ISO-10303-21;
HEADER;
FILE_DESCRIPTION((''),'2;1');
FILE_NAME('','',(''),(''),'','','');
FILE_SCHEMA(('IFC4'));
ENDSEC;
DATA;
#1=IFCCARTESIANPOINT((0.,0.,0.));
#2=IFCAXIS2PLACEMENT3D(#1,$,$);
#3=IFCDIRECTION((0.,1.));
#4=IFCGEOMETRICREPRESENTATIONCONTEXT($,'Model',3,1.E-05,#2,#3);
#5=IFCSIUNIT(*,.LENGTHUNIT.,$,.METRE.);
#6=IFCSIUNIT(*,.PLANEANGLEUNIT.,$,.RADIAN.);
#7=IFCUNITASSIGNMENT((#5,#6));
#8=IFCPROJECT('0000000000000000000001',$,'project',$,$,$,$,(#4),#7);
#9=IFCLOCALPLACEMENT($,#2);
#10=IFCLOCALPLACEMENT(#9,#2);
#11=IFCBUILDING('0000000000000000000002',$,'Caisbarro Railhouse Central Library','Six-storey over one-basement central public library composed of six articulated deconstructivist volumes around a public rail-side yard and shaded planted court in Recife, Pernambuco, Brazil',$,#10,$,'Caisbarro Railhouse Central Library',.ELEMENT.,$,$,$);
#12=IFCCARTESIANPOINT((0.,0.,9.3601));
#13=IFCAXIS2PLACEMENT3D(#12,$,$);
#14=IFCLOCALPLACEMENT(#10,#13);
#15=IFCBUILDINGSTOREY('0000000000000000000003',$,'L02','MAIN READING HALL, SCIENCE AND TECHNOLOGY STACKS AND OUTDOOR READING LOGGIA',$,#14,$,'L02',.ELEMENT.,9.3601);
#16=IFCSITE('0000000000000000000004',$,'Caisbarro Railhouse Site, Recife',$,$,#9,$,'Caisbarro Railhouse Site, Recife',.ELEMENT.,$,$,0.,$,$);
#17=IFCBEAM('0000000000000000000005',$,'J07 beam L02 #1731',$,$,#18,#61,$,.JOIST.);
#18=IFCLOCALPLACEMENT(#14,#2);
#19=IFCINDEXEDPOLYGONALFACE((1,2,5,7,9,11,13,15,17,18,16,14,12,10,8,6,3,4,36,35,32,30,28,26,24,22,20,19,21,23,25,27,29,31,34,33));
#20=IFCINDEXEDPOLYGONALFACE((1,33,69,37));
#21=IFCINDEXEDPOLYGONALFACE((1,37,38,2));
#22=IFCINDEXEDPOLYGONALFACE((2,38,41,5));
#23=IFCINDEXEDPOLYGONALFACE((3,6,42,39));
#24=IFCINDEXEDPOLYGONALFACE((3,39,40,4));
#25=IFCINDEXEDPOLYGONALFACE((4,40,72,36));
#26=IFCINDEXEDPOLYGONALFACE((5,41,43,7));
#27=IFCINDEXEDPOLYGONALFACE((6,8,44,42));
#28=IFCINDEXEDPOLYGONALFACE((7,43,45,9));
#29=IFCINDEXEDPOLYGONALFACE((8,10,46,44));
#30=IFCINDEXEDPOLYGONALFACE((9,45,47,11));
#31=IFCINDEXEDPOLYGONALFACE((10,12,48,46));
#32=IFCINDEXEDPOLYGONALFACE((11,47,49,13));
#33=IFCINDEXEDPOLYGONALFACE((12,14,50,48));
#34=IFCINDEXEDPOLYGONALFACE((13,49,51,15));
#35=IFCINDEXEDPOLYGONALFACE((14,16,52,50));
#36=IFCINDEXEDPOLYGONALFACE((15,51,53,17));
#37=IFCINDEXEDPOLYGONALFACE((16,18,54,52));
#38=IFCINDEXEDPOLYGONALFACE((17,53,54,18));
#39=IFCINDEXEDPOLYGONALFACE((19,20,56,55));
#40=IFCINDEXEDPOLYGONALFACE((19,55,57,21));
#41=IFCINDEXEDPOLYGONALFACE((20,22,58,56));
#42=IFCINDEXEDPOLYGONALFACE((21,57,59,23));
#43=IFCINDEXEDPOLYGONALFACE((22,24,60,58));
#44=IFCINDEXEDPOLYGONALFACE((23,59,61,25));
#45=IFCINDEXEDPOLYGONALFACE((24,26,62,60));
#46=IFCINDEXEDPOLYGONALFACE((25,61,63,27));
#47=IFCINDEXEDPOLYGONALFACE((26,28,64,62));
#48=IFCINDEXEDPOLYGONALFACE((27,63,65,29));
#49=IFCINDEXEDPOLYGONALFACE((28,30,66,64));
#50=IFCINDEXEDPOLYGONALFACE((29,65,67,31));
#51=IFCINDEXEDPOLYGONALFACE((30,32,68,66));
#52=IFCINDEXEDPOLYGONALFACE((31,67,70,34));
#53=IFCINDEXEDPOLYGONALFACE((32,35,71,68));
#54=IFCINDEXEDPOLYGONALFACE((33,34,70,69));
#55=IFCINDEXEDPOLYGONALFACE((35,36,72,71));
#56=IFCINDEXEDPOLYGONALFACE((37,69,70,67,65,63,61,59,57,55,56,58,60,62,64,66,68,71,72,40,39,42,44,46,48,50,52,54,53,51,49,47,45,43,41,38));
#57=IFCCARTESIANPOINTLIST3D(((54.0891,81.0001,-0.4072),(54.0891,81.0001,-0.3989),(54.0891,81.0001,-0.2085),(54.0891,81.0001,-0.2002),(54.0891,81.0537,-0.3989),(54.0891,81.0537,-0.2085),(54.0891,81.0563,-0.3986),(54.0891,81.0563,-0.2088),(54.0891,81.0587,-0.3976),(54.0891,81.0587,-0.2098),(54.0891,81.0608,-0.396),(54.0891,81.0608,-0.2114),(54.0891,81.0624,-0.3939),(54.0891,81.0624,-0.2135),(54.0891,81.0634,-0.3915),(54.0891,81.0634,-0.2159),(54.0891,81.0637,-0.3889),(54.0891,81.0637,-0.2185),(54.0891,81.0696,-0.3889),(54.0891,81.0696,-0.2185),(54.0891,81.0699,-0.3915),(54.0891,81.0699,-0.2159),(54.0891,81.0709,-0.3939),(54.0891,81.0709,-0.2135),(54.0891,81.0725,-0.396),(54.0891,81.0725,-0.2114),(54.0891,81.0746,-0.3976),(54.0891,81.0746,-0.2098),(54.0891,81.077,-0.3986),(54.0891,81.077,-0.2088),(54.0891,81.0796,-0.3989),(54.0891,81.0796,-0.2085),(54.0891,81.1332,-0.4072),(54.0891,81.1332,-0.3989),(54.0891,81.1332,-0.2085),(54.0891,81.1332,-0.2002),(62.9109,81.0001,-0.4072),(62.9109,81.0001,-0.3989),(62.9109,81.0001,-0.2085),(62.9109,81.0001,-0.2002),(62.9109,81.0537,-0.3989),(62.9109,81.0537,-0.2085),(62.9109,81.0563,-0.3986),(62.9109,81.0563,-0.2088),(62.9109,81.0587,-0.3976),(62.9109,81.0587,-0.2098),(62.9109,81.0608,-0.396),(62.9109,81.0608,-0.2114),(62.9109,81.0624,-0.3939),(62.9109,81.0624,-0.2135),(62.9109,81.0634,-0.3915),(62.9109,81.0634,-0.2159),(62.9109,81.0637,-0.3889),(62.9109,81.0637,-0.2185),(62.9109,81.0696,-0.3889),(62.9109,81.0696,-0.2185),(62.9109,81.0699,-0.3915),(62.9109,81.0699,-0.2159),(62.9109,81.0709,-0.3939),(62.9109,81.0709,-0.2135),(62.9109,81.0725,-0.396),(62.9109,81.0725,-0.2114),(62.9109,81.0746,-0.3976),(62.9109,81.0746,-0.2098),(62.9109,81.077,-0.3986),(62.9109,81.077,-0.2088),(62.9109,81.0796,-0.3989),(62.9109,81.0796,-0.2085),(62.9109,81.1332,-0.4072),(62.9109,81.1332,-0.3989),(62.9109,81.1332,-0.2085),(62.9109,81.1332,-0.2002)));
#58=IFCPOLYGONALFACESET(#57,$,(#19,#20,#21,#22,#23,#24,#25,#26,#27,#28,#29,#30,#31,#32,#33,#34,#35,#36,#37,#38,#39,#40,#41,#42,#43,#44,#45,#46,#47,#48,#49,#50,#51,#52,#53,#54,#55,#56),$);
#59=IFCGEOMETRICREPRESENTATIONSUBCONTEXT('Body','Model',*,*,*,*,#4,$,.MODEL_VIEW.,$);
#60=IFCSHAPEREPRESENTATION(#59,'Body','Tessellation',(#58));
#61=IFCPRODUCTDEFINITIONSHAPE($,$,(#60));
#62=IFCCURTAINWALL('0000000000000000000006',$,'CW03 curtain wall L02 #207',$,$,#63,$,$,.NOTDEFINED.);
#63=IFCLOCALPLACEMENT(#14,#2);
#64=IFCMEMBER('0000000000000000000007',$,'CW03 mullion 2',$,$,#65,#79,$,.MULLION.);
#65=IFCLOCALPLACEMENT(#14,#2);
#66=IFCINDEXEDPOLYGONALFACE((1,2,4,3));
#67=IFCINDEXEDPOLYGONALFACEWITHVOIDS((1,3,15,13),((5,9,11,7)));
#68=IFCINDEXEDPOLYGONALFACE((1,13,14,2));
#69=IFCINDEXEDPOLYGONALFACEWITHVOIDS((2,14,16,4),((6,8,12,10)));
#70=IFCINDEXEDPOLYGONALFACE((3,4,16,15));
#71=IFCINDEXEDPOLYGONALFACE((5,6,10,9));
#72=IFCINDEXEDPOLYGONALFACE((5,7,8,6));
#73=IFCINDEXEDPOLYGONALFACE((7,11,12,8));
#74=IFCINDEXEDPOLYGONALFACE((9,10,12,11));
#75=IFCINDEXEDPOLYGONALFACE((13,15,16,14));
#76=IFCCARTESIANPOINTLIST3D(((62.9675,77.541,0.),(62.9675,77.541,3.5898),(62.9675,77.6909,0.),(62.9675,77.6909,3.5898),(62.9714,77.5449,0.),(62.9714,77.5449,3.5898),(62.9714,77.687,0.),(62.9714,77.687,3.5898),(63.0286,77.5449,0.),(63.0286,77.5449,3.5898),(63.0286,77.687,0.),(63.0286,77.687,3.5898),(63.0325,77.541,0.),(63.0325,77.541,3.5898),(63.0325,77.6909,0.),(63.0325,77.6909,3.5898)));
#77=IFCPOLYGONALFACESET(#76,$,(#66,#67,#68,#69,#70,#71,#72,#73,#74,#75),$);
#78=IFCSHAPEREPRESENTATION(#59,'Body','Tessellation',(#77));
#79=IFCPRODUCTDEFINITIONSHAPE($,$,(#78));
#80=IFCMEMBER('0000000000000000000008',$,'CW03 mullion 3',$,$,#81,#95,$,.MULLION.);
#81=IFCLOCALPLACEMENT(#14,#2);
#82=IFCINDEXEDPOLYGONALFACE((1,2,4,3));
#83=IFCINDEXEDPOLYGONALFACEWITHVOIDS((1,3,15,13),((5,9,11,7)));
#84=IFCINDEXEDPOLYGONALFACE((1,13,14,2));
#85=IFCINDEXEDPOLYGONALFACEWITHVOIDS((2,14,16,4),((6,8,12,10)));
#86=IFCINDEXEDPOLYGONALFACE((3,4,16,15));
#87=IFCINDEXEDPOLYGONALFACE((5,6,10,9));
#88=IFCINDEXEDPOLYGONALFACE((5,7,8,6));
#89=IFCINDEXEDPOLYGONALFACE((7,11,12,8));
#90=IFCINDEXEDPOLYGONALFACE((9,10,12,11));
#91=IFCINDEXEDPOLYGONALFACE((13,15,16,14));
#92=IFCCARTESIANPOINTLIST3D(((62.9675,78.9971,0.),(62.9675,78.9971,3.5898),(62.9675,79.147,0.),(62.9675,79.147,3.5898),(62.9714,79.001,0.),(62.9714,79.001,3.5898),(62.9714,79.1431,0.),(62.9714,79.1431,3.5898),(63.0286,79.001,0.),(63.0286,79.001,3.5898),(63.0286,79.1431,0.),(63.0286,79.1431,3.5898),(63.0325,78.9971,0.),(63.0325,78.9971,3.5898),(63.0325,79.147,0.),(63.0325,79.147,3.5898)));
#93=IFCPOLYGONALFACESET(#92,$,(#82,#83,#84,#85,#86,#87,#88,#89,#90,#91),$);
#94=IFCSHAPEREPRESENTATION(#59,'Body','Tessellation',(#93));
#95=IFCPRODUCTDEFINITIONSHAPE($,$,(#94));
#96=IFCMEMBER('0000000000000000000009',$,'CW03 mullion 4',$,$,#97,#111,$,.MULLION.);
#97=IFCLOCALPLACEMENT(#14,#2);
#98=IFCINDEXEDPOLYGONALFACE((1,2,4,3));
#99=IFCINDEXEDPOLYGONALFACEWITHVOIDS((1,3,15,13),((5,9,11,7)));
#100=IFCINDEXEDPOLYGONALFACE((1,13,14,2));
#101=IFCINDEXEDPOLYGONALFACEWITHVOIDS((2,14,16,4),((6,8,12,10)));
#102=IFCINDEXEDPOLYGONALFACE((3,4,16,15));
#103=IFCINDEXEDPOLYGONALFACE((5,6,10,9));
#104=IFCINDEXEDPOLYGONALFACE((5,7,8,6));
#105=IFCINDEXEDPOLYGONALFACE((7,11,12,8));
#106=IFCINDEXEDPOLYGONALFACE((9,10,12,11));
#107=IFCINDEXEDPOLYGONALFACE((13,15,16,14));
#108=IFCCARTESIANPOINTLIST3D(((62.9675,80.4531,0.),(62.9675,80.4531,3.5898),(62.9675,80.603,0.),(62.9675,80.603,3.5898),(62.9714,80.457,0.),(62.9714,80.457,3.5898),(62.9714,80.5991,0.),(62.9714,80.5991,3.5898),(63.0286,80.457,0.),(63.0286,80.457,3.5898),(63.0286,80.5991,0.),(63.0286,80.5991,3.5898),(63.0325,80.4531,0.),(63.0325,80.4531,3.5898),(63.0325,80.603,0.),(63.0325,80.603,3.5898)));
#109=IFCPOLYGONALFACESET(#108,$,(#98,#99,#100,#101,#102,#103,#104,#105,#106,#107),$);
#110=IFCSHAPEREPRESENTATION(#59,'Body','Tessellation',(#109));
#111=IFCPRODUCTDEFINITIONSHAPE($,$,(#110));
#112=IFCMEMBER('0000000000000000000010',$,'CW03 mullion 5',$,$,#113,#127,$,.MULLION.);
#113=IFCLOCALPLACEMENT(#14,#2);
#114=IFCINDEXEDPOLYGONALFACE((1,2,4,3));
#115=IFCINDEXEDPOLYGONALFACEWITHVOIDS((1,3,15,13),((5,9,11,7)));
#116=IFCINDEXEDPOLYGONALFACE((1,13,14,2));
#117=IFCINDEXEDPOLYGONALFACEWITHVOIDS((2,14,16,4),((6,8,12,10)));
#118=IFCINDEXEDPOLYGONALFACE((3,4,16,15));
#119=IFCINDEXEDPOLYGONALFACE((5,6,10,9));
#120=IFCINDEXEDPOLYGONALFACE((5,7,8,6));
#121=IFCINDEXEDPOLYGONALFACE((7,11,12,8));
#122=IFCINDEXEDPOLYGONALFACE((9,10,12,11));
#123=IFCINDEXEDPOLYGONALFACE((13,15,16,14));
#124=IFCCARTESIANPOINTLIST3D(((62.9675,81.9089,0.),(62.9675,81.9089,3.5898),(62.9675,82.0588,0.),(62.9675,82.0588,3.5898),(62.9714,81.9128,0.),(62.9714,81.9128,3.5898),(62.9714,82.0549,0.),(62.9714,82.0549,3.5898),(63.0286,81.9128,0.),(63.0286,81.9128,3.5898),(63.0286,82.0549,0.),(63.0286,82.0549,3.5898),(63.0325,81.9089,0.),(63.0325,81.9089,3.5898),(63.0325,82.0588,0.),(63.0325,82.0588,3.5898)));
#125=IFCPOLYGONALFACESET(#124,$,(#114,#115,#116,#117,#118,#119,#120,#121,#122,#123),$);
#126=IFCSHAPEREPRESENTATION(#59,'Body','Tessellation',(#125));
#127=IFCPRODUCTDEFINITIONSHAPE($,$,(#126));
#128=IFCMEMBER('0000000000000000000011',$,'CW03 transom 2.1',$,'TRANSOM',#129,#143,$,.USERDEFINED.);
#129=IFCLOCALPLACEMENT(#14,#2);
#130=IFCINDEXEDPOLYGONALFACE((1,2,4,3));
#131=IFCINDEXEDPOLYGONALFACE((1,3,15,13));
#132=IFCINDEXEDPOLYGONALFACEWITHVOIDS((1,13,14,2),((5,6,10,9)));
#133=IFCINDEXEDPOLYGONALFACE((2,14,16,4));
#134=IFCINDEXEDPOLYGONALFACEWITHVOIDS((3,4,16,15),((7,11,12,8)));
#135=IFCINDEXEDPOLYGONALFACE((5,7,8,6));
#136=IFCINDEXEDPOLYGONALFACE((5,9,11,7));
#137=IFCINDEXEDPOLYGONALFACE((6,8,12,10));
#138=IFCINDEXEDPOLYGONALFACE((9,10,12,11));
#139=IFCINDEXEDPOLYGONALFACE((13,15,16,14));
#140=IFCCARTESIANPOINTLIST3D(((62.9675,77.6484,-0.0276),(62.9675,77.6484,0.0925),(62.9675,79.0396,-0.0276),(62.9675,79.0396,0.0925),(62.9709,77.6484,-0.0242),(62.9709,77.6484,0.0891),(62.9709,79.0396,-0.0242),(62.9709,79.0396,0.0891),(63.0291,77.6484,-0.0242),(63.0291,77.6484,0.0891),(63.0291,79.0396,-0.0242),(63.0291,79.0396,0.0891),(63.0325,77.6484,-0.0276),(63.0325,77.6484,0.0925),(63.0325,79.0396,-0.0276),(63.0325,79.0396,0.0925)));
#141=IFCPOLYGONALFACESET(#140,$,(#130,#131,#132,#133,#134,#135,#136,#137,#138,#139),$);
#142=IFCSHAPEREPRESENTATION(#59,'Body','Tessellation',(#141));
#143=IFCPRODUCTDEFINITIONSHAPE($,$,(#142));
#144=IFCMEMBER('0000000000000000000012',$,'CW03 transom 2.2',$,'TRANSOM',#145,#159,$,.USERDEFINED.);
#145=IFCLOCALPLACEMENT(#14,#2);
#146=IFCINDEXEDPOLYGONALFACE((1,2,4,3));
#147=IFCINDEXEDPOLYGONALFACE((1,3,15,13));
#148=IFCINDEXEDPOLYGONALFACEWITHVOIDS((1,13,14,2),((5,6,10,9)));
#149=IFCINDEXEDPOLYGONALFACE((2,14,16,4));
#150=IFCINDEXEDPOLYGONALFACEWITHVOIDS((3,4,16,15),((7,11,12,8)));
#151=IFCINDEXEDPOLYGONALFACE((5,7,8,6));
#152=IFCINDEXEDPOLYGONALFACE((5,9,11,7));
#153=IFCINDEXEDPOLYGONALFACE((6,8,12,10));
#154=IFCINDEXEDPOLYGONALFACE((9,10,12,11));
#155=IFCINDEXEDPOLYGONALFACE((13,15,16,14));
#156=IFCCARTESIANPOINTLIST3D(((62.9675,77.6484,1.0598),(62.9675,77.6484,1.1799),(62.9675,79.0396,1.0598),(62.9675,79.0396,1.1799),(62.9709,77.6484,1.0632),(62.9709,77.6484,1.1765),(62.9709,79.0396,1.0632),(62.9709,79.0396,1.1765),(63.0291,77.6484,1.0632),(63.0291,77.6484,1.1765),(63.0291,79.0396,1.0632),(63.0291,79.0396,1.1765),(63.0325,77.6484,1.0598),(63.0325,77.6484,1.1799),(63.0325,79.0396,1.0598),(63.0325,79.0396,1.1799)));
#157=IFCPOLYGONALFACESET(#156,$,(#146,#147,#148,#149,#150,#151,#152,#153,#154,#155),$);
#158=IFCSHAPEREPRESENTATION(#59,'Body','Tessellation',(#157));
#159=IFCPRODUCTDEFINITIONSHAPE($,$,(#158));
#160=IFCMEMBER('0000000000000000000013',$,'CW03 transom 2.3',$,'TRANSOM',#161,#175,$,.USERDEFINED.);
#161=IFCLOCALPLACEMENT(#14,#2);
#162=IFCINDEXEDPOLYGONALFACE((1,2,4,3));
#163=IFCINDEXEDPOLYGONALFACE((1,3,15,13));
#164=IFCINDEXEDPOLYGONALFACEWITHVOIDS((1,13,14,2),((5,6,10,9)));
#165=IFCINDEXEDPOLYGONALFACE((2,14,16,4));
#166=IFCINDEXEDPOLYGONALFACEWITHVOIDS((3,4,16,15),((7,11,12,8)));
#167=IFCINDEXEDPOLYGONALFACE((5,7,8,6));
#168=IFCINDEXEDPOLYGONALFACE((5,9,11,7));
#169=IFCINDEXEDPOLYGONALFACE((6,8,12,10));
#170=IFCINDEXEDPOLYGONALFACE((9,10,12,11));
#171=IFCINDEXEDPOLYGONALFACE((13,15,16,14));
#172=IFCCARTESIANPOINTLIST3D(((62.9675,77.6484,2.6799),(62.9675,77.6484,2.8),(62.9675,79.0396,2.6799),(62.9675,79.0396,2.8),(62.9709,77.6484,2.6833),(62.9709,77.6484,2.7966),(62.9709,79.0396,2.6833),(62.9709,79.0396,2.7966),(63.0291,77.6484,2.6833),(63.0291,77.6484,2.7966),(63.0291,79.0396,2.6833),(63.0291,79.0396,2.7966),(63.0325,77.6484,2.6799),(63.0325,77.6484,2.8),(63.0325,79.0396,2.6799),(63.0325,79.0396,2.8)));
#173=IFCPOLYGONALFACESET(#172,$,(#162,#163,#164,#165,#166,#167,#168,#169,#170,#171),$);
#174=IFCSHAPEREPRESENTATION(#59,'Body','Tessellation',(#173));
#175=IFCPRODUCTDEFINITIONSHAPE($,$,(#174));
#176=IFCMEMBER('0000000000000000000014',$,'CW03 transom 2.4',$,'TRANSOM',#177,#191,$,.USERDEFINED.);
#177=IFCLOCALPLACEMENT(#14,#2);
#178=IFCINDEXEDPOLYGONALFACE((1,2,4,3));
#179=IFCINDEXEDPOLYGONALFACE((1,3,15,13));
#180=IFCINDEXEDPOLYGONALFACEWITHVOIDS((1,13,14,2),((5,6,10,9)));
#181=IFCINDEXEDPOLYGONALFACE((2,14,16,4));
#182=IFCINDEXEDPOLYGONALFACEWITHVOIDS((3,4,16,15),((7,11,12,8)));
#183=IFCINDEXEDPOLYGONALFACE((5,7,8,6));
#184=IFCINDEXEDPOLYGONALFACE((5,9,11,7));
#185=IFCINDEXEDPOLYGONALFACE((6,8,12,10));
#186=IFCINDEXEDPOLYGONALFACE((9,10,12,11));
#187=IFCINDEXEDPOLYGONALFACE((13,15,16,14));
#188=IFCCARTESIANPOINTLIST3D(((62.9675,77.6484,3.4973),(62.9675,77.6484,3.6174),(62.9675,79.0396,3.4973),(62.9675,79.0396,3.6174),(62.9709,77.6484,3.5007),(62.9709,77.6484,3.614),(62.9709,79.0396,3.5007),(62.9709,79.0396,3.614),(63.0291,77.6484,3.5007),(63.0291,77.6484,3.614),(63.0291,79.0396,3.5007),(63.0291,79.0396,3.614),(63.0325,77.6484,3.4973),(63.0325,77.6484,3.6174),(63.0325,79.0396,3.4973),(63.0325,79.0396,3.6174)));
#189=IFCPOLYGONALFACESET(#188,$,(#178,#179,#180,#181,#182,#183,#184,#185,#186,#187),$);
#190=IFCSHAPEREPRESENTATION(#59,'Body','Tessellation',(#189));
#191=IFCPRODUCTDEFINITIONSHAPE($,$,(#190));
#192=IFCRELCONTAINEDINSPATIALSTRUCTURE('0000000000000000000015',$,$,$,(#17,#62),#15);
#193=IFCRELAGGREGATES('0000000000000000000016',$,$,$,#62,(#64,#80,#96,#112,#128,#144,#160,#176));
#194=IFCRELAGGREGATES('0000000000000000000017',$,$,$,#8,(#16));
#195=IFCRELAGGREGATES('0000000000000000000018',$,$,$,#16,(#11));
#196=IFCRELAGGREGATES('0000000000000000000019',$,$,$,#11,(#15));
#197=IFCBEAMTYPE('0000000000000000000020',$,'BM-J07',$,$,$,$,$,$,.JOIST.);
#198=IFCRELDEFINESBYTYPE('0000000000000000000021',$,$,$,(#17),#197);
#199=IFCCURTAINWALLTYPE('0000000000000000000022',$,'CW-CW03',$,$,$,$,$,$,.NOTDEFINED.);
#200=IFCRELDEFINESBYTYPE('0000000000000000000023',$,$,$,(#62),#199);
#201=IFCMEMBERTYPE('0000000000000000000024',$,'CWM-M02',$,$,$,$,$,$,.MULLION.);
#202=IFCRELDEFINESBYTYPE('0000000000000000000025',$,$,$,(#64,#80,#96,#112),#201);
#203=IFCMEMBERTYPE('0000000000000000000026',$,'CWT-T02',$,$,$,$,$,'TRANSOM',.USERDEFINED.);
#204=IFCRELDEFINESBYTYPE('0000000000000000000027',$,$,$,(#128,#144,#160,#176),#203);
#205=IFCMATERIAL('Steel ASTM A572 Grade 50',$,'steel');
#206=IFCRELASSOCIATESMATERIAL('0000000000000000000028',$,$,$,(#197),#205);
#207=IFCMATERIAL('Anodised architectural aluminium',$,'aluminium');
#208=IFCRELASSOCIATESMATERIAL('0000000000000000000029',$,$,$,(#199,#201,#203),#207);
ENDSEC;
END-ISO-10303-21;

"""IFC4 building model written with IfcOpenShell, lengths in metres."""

from ifc_helpers import new_model, si_unit, direction, frame, origin, origin_2d, place, context, subcontext, project, spatial, hollow_rectangle, i_section, extrude, material, material_profile, profile_set, type_object, element, aggregate, save


model = new_model("IFC4")

# Units and contexts
model_context = context("Model", 3, precision=1e-05, world=origin(), true_north=direction((0.0, 1.0)))
body_context = subcontext(model_context, "Body", "Model", "MODEL_VIEW")
ifc_project = project(units=[si_unit("LENGTHUNIT", "METRE"), si_unit("PLANEANGLEUNIT", "RADIAN")], contexts=[model_context])

# Site, building, storey
site_placement = place(None, origin())
site = spatial("IfcSite", under=ifc_project, at=site_placement, Name="Caisbarro Railhouse Site, Recife", LongName="Caisbarro Railhouse Site, Recife", CompositionType="ELEMENT", RefElevation=0.0)
building_placement = place(site_placement, origin())
building = spatial("IfcBuilding", under=site, at=building_placement, Name="Caisbarro Railhouse Central Library", Description="Six-storey over one-basement central public library composed of six articulated deconstructivist volumes around a public rail-side yard and shaded planted court in Recife, Pernambuco, Brazil", LongName="Caisbarro Railhouse Central Library", CompositionType="ELEMENT")
storey_placement = place(building_placement, frame((0.0, 0.0, 9.3601)))
storey = spatial("IfcBuildingStorey", under=building, at=storey_placement, Name="L02", Description="MAIN READING HALL, SCIENCE AND TECHNOLOGY STACKS AND OUTDOOR READING LOGGIA", LongName="L02", CompositionType="ELEMENT", Elevation=9.3601)

# Beam
ifc_material_1 = material(Name="Steel ASTM A572 Grade 50", Category="steel")
ifc_material_profile_1 = material_profile(ifc_material_1, i_section(OverallWidth=0.1331, OverallDepth=0.207, WebThickness=0.0059, FlangeThickness=0.0083, FilletRadius=0.01, at=origin_2d()), Name="W200X26.6")
ifc_profile_set_1 = profile_set([ifc_material_profile_1], Name="Steel ASTM A572 Grade 50")
beam_type = type_object("IfcBeamType", Name="BM-J07", PredefinedType="JOIST", material=ifc_profile_set_1)
beam_placement = place(storey_placement, frame((54.0891, 81.0667, -0.3037), z_axis=(1.0, 0.0, 0.0), x_axis=(0.0, 1.0, 0.0)))
element("IfcBeam", 1, at=beam_placement, inside=storey, type_object=beam_type, Name="J07 beam L02 #1731", PredefinedType="JOIST", context=body_context, shape_type="SweptSolid", body=[
    extrude(i_section(OverallWidth=0.1331, OverallDepth=0.207, WebThickness=0.0059, FlangeThickness=0.0083, FilletRadius=0.01, at=origin_2d()), origin(), (0.0, 0.0, 1.0), 8.8218),
])

# Curtain wall, members
ifc_material_2 = material(Name="Anodised architectural aluminium", Category="aluminium")
curtain_wall_type = type_object("IfcCurtainWallType", Name="CW-CW03", PredefinedType="NOTDEFINED", material=ifc_material_2)
curtain_wall_placement = place(storey_placement, origin())
curtain_wall = element("IfcCurtainWall", 2, at=curtain_wall_placement, inside=storey, type_object=curtain_wall_type, Name="CW03 curtain wall L02 #207", PredefinedType="NOTDEFINED")
ifc_material_profile_2 = material_profile(ifc_material_2, hollow_rectangle(XDim=0.0649, YDim=0.1499, WallThickness=0.0039, at=origin_2d()), Name="ALU-MUL-65X150")
ifc_profile_set_2 = profile_set([ifc_material_profile_2], Name="Anodised architectural aluminium")
member_type_1 = type_object("IfcMemberType", Name="CWM-M02", PredefinedType="MULLION", material=ifc_profile_set_2)
member_1_placement = place(storey_placement, frame((63.0, 77.616, 0.0), z_axis=(0.0, 0.0, 1.0), x_axis=(-1.0, 0.0, 0.0)))
member_1 = element("IfcMember", 3, at=member_1_placement, type_object=member_type_1, Name="CW03 mullion 2", PredefinedType="MULLION", context=body_context, shape_type="SweptSolid", body=[
    extrude(hollow_rectangle(XDim=0.0649, YDim=0.1499, WallThickness=0.0039, at=origin_2d()), origin(), (0.0, 0.0, 1.0), 3.5898),
])
member_2_placement = place(storey_placement, frame((63.0, 79.072, 0.0), z_axis=(0.0, 0.0, 1.0), x_axis=(-1.0, 0.0, 0.0)))
member_2 = element("IfcMember", 4, at=member_2_placement, type_object=member_type_1, Name="CW03 mullion 3", PredefinedType="MULLION", context=body_context, shape_type="SweptSolid", body=[
    extrude(hollow_rectangle(XDim=0.0649, YDim=0.1499, WallThickness=0.0039, at=origin_2d()), origin(), (0.0, 0.0, 1.0), 3.5898),
])
member_3_placement = place(storey_placement, frame((63.0, 80.5281, 0.0), z_axis=(0.0, 0.0, 1.0), x_axis=(-1.0, 0.0, 0.0)))
member_3 = element("IfcMember", 5, at=member_3_placement, type_object=member_type_1, Name="CW03 mullion 4", PredefinedType="MULLION", context=body_context, shape_type="SweptSolid", body=[
    extrude(hollow_rectangle(XDim=0.0649, YDim=0.1499, WallThickness=0.0039, at=origin_2d()), origin(), (0.0, 0.0, 1.0), 3.5898),
])
member_4_placement = place(storey_placement, frame((63.0, 81.9839, 0.0), z_axis=(0.0, 0.0, 1.0), x_axis=(-1.0, 0.0, 0.0)))
member_4 = element("IfcMember", 6, at=member_4_placement, type_object=member_type_1, Name="CW03 mullion 5", PredefinedType="MULLION", context=body_context, shape_type="SweptSolid", body=[
    extrude(hollow_rectangle(XDim=0.0649, YDim=0.1499, WallThickness=0.0039, at=origin_2d()), origin(), (0.0, 0.0, 1.0), 3.5898),
])
ifc_material_profile_3 = material_profile(ifc_material_2, hollow_rectangle(XDim=0.0649, YDim=0.1201, WallThickness=0.0034, at=origin_2d()), Name="ALU-TRN-65X120")
ifc_profile_set_3 = profile_set([ifc_material_profile_3], Name="Anodised architectural aluminium")
member_type_2 = type_object("IfcMemberType", Name="CWT-T02", ElementType="TRANSOM", PredefinedType="USERDEFINED", material=ifc_profile_set_3)
member_5_placement = place(storey_placement, frame((63.0, 77.6484, 0.0325), z_axis=(0.0, 1.0, 0.0), x_axis=(-1.0, 0.0, 0.0)))
member_5 = element("IfcMember", 7, at=member_5_placement, type_object=member_type_2, Name="CW03 transom 2.1", ObjectType="TRANSOM", PredefinedType="USERDEFINED", context=body_context, shape_type="SweptSolid", body=[
    extrude(hollow_rectangle(XDim=0.0649, YDim=0.1201, WallThickness=0.0034, at=origin_2d()), origin(), (0.0, 0.0, 1.0), 1.3911),
])
member_6_placement = place(storey_placement, frame((63.0, 77.6484, 1.1199), z_axis=(0.0, 1.0, 0.0), x_axis=(-1.0, 0.0, 0.0)))
member_6 = element("IfcMember", 8, at=member_6_placement, type_object=member_type_2, Name="CW03 transom 2.2", ObjectType="TRANSOM", PredefinedType="USERDEFINED", context=body_context, shape_type="SweptSolid", body=[
    extrude(hollow_rectangle(XDim=0.0649, YDim=0.1201, WallThickness=0.0034, at=origin_2d()), origin(), (0.0, 0.0, 1.0), 1.3911),
])
member_7_placement = place(storey_placement, frame((63.0, 77.6484, 2.74), z_axis=(0.0, 1.0, 0.0), x_axis=(-1.0, 0.0, 0.0)))
member_7 = element("IfcMember", 9, at=member_7_placement, type_object=member_type_2, Name="CW03 transom 2.3", ObjectType="TRANSOM", PredefinedType="USERDEFINED", context=body_context, shape_type="SweptSolid", body=[
    extrude(hollow_rectangle(XDim=0.0649, YDim=0.1201, WallThickness=0.0034, at=origin_2d()), origin(), (0.0, 0.0, 1.0), 1.3911),
])
member_8_placement = place(storey_placement, frame((63.0, 77.6484, 3.5574), z_axis=(0.0, 1.0, 0.0), x_axis=(-1.0, 0.0, 0.0)))
member_8 = element("IfcMember", 10, at=member_8_placement, type_object=member_type_2, Name="CW03 transom 2.4", ObjectType="TRANSOM", PredefinedType="USERDEFINED", context=body_context, shape_type="SweptSolid", body=[
    extrude(hollow_rectangle(XDim=0.0649, YDim=0.1201, WallThickness=0.0034, at=origin_2d()), origin(), (0.0, 0.0, 1.0), 1.3911),
])
aggregate(curtain_wall, [member_1, member_2, member_3, member_4, member_5, member_6, member_7, member_8])

save(model, "model.ifc")
